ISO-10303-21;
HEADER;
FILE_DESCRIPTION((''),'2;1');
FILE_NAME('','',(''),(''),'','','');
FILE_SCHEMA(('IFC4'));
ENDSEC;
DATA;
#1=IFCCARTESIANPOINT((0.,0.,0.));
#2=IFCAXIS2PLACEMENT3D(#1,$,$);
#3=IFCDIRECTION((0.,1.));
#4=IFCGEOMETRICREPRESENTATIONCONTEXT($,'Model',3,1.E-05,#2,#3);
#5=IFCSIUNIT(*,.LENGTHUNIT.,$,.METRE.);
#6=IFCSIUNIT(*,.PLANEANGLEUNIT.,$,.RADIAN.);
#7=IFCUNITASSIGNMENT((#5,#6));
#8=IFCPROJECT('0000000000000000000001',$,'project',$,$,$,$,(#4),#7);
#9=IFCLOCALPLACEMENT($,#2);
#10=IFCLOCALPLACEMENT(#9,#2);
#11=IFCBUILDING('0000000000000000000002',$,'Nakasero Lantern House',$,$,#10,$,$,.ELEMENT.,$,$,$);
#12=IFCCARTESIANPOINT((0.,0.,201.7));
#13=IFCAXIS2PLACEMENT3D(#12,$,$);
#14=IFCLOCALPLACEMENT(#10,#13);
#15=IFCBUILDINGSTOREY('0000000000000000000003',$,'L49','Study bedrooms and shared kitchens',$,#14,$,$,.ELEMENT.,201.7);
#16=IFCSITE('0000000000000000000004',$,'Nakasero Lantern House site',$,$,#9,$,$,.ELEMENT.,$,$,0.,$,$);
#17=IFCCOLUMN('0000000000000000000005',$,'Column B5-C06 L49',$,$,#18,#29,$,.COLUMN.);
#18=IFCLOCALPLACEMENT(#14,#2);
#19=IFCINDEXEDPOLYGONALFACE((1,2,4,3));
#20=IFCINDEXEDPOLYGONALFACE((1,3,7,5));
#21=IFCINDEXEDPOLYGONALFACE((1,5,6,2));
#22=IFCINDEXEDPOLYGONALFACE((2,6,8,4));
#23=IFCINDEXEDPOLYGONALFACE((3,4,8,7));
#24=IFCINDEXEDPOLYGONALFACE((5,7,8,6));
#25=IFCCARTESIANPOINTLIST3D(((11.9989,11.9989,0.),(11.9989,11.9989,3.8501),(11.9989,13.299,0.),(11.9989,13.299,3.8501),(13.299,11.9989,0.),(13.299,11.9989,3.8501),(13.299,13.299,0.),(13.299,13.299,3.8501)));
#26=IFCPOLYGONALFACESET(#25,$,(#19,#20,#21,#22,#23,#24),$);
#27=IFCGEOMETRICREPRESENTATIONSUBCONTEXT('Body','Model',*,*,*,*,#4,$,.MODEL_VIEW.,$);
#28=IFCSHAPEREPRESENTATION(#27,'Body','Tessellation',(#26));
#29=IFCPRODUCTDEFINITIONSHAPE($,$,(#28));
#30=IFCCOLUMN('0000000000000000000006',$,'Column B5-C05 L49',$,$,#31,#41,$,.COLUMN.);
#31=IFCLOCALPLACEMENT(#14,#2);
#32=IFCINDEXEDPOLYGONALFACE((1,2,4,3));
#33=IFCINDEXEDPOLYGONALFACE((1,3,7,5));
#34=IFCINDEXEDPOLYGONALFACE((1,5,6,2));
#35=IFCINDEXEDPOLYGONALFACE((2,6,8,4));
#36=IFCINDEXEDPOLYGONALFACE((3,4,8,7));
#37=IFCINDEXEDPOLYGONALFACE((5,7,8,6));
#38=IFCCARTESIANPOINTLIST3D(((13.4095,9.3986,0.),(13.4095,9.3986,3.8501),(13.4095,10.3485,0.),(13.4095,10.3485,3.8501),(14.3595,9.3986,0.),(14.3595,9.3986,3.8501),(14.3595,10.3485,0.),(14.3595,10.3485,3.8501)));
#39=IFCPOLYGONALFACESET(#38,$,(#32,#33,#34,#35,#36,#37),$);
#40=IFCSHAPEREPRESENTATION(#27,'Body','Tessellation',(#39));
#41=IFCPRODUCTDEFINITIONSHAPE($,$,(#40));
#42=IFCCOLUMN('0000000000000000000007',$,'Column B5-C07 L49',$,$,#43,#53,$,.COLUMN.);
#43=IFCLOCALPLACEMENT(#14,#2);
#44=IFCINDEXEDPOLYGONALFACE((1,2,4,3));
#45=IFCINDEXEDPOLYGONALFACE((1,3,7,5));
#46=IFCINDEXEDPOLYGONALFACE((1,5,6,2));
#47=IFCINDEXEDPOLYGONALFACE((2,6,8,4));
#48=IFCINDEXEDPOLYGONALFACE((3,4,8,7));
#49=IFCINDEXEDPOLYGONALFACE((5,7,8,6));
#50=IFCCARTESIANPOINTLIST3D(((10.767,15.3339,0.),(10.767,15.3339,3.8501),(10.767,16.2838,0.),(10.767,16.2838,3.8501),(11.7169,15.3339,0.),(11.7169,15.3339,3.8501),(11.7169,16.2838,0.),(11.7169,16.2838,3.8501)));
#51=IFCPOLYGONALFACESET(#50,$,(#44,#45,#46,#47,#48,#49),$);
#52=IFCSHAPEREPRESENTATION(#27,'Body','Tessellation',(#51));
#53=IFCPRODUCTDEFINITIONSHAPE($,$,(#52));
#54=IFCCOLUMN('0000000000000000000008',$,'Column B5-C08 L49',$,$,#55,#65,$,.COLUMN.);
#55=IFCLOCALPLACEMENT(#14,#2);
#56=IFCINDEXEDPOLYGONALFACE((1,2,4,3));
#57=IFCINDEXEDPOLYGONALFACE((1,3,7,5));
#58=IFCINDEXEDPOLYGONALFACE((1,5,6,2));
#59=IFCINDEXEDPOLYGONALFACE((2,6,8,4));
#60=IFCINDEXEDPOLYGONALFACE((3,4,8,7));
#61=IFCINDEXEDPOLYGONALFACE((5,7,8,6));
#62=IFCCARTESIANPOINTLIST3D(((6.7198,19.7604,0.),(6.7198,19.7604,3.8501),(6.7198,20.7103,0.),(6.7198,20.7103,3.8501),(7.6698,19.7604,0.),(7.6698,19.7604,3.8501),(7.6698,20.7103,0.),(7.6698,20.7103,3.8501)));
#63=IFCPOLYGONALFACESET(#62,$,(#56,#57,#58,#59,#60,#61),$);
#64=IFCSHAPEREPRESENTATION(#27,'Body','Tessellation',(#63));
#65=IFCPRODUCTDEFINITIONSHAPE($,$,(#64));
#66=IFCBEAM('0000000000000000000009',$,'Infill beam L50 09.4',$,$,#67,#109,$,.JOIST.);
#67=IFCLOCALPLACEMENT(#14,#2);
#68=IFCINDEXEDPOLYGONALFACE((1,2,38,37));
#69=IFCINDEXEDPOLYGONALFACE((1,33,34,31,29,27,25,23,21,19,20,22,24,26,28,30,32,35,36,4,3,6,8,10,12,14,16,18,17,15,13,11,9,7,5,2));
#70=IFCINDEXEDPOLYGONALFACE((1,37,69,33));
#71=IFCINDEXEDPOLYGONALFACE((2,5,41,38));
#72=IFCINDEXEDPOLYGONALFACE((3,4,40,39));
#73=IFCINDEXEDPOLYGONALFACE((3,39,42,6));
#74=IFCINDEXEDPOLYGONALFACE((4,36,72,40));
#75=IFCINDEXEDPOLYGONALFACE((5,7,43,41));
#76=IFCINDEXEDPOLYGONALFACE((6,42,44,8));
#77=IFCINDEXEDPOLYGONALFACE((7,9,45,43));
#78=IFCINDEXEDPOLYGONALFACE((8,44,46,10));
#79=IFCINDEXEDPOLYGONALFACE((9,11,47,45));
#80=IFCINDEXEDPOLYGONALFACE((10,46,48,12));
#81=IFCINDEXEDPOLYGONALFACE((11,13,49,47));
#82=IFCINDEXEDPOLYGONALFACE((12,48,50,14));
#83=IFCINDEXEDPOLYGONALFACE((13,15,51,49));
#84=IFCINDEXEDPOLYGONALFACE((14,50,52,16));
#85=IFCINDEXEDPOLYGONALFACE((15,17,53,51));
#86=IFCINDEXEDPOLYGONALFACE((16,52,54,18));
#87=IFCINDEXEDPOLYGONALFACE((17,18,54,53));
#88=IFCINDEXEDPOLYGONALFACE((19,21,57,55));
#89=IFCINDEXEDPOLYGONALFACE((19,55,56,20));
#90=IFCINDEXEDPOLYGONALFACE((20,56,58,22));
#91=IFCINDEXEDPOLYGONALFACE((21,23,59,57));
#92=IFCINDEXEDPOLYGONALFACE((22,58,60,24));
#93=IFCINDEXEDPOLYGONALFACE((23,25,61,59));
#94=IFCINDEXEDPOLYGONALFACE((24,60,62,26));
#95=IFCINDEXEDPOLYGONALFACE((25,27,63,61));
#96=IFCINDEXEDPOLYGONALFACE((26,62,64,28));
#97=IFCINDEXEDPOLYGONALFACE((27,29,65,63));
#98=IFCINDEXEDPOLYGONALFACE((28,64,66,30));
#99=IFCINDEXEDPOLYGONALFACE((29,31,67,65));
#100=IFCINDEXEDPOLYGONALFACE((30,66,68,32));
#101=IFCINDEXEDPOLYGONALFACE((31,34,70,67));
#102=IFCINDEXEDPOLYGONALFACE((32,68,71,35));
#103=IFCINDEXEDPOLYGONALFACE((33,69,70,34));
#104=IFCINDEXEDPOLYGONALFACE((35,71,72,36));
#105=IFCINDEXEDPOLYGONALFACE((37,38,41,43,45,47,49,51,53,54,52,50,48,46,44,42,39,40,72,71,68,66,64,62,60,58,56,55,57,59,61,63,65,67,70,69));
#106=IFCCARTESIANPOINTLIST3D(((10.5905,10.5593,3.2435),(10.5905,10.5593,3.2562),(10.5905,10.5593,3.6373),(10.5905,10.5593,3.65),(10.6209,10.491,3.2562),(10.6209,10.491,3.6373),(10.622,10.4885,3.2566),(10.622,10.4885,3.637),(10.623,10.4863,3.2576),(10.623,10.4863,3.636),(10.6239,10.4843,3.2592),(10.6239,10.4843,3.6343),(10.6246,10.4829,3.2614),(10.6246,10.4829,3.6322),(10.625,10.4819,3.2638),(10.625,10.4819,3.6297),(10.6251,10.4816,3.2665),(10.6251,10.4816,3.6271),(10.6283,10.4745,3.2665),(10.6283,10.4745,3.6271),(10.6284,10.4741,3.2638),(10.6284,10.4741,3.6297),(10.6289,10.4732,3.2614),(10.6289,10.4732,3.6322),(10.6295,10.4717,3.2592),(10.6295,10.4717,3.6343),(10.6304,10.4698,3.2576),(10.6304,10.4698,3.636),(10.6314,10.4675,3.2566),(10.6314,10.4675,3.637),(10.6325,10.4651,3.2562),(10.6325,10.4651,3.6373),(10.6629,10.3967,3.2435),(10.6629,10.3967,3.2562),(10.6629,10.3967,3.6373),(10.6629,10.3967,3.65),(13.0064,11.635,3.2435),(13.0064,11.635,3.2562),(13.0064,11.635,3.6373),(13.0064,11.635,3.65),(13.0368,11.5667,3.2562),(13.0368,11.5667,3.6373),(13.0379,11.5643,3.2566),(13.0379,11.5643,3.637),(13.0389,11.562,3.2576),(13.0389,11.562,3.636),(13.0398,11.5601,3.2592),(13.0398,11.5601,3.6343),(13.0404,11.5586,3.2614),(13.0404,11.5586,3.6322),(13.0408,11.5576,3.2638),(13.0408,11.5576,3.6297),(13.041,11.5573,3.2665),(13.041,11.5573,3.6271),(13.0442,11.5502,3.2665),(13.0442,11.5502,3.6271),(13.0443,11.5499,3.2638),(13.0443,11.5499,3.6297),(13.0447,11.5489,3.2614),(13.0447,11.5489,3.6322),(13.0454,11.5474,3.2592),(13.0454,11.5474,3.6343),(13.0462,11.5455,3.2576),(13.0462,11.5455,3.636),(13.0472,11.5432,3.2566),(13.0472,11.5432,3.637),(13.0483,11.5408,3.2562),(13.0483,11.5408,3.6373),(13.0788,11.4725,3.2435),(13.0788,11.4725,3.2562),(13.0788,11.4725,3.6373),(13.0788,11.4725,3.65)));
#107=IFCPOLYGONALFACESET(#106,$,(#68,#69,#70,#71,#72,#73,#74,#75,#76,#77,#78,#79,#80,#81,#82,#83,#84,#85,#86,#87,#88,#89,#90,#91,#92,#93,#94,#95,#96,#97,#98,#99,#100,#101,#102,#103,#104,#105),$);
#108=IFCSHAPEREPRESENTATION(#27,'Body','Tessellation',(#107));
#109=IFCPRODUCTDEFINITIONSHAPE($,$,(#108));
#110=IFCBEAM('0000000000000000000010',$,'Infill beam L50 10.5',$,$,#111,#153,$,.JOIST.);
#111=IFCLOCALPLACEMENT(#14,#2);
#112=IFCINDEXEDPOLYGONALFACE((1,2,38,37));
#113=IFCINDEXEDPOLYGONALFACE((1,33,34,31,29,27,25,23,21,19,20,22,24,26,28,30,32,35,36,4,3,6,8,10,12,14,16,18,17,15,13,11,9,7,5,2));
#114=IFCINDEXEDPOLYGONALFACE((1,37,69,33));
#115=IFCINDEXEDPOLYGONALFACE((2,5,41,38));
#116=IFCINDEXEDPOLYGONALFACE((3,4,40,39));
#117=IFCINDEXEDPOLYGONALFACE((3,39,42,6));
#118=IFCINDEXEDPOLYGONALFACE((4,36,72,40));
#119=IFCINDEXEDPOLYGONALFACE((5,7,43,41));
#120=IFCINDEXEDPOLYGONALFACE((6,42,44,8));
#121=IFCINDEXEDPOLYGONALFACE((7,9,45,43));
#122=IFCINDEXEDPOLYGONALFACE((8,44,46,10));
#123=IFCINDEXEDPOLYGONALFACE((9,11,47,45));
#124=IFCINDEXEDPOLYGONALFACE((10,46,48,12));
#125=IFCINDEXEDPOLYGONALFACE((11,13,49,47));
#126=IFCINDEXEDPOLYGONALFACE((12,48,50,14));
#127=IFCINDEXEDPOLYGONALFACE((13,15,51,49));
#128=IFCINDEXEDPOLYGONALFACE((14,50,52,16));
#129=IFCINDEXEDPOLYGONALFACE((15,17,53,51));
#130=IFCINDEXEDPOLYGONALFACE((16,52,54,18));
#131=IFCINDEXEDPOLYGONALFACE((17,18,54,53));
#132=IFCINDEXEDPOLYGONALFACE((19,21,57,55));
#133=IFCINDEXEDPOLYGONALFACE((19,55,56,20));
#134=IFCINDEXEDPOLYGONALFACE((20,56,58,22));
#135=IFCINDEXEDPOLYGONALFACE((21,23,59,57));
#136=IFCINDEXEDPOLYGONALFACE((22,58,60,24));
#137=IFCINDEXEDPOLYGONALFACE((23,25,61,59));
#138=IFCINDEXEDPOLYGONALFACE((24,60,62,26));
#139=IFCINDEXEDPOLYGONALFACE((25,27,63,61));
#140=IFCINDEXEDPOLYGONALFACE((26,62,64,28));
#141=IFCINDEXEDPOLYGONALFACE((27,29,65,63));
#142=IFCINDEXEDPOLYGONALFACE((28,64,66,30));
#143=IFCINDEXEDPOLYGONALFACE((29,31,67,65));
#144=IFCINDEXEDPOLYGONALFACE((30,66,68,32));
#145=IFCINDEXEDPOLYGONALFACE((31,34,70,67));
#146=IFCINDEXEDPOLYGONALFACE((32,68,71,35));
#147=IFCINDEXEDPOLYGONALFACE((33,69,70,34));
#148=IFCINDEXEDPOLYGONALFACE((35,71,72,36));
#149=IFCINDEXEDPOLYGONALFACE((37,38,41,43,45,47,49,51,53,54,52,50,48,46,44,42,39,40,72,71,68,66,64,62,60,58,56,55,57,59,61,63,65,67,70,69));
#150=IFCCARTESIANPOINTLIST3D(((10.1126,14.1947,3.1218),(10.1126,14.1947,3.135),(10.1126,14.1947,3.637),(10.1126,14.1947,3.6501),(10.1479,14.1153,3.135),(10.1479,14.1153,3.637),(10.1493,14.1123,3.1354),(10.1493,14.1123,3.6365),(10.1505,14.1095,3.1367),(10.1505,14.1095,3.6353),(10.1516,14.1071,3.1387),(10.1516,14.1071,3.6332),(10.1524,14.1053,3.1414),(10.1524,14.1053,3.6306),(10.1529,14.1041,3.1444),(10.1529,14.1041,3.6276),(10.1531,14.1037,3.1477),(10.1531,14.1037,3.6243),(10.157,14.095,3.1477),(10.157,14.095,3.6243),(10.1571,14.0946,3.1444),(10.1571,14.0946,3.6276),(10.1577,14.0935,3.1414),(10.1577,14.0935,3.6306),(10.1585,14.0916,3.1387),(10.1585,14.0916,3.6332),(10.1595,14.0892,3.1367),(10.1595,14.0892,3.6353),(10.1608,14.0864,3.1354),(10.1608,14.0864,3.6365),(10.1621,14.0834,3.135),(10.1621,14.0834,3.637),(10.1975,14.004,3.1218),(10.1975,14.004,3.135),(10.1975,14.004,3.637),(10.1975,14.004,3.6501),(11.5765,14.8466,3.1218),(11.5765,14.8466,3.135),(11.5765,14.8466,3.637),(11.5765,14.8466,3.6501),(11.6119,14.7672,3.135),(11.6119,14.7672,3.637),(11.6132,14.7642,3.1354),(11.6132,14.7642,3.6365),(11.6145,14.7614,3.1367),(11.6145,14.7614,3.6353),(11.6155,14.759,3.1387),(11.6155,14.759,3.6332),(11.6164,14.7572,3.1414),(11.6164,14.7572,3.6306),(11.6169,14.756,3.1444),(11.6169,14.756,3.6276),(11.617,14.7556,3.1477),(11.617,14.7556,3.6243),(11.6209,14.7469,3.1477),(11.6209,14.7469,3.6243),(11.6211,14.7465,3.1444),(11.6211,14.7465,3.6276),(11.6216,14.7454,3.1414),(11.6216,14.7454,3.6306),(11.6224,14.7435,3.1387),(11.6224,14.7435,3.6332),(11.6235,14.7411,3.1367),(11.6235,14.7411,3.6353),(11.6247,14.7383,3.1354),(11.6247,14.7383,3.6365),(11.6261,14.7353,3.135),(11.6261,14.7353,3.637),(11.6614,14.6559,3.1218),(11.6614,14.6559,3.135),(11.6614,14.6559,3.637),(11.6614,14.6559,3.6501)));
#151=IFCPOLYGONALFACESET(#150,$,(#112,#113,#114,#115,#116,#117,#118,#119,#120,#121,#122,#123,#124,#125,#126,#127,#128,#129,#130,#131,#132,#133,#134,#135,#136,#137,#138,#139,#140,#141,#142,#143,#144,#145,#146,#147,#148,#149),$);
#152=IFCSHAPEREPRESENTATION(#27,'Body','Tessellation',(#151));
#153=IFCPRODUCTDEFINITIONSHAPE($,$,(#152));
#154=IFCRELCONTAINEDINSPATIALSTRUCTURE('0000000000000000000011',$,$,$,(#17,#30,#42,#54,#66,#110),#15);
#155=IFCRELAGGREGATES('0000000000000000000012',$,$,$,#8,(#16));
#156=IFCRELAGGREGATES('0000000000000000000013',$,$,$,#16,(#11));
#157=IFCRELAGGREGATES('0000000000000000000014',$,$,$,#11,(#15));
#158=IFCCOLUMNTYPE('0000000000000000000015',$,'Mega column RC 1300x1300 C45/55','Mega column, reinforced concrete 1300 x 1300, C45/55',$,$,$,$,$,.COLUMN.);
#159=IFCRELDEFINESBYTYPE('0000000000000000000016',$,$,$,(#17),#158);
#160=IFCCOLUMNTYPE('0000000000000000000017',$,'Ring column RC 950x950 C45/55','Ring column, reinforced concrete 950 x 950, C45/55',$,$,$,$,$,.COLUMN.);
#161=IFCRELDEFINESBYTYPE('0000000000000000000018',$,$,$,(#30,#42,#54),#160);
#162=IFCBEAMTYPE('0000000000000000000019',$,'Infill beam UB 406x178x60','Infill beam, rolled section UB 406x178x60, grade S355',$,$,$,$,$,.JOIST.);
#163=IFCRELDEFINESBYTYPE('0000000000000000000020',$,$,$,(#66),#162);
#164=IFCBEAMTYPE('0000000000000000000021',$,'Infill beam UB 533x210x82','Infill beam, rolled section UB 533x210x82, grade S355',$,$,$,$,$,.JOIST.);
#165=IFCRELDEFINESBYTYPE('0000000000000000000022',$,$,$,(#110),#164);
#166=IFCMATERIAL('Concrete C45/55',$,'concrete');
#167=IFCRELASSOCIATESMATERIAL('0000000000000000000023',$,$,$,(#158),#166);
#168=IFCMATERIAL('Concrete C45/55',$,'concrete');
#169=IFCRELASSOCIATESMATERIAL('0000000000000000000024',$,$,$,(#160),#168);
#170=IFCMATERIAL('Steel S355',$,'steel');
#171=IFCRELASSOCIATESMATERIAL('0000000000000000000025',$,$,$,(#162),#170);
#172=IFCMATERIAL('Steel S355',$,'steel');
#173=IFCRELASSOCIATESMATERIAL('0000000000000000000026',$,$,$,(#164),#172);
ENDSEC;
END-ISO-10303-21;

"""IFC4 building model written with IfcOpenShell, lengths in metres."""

from ifc_helpers import new_model, si_unit, direction, frame, origin, origin_2d, place, context, subcontext, project, spatial, rectangle, i_section, extrude, material, material_profile, profile_set, type_object, element, save


model = new_model("IFC4")

# Units and contexts
model_context = context("Model", 3, precision=1e-05, world=origin(), true_north=direction((0.0, 1.0)))
body_context = subcontext(model_context, "Body", "Model", "MODEL_VIEW")
ifc_project = project(units=[si_unit("LENGTHUNIT", "METRE"), si_unit("PLANEANGLEUNIT", "RADIAN")], contexts=[model_context])

# Site, building, storey
site_placement = place(None, origin())
site = spatial("IfcSite", under=ifc_project, at=site_placement, Name="Nakasero Lantern House site", CompositionType="ELEMENT", RefElevation=0.0)
building_placement = place(site_placement, origin())
building = spatial("IfcBuilding", under=site, at=building_placement, Name="Nakasero Lantern House", CompositionType="ELEMENT")
storey_placement = place(building_placement, frame((0.0, 0.0, 201.7)))
storey = spatial("IfcBuildingStorey", under=building, at=storey_placement, Name="L49", Description="Study bedrooms and shared kitchens", CompositionType="ELEMENT", Elevation=201.7)

# Columns
ifc_material_1 = material(Name="Concrete C45/55", Category="concrete")
ifc_material_profile_1 = material_profile(ifc_material_1, rectangle(XDim=1.3, YDim=1.3, at=origin_2d()), Name="RC 1300x1300")
ifc_profile_set_1 = profile_set([ifc_material_profile_1], Name="Concrete C45/55")
column_type_1 = type_object("IfcColumnType", Name="Mega column RC 1300x1300 C45/55", Description="Mega column, reinforced concrete 1300 x 1300, C45/55", PredefinedType="COLUMN", material=ifc_profile_set_1)
column_placement = place(storey_placement, frame((12.6489, 12.6489, 0.0), z_axis=(0.0, 0.0, 1.0), x_axis=(1.0, 0.0, 0.0)))
element("IfcColumn", 1, at=column_placement, inside=storey, type_object=column_type_1, Name="Column B5-C06 L49", PredefinedType="COLUMN", context=body_context, shape_type="SweptSolid", body=[
    extrude(rectangle(XDim=1.3, YDim=1.3, at=origin_2d()), origin(), (0.0, 0.0, 1.0), 3.8501),
])
ifc_material_2 = material(Name="Concrete C45/55", Category="concrete")
ifc_material_profile_2 = material_profile(ifc_material_2, rectangle(XDim=0.95, YDim=0.95, at=origin_2d()), Name="RC 950x950")
ifc_profile_set_2 = profile_set([ifc_material_profile_2], Name="Concrete C45/55")
column_type_2 = type_object("IfcColumnType", Name="Ring column RC 950x950 C45/55", Description="Ring column, reinforced concrete 950 x 950, C45/55", PredefinedType="COLUMN", material=ifc_profile_set_2)
for number, where, z_axis, x_axis, name in (
    (2, (13.8845, 9.8735, 0.0), (0.0, 0.0, 1.0), (1.0, 0.0, 0.0), "Column B5-C05 L49"),
    (3, (11.2419, 15.8088, 0.0), (0.0, 0.0, 1.0), (1.0, 0.0, 0.0), "Column B5-C07 L49"),
    (4, (7.1948, 20.2354, 0.0), (0.0, 0.0, 1.0), (1.0, 0.0, 0.0), "Column B5-C08 L49"),
):
    element("IfcColumn", number, at=place(storey_placement, frame(where, z_axis=z_axis, x_axis=x_axis)), inside=storey, type_object=column_type_2, Name=name, PredefinedType="COLUMN", context=body_context, shape_type="SweptSolid", body=[
        extrude(rectangle(XDim=0.95, YDim=0.95, at=origin_2d()), origin(), (0.0, 0.0, 1.0), 3.8501),
    ])

# Beams
ifc_material_3 = material(Name="Steel S355", Category="steel")
ifc_material_profile_3 = material_profile(ifc_material_3, i_section(OverallWidth=0.178, OverallDepth=0.4065, WebThickness=0.0078, FlangeThickness=0.0127, FilletRadius=0.0103, at=origin_2d()), Name="UB 406x178x60")
ifc_profile_set_3 = profile_set([ifc_material_profile_3], Name="Steel S355")
beam_type_1 = type_object("IfcBeamType", Name="Infill beam UB 406x178x60", Description="Infill beam, rolled section UB 406x178x60, grade S355", PredefinedType="JOIST", material=ifc_profile_set_3)
beam_1_placement = place(storey_placement, frame((10.6267, 10.478, 3.4468), z_axis=(0.91353, 0.406772, 0.0), x_axis=(-0.406772, 0.91353, 0.0)))
element("IfcBeam", 5, at=beam_1_placement, inside=storey, type_object=beam_type_1, Name="Infill beam L50 09.4", PredefinedType="JOIST", context=body_context, shape_type="SweptSolid", body=[
    extrude(i_section(OverallWidth=0.178, OverallDepth=0.4065, WebThickness=0.0078, FlangeThickness=0.0127, FilletRadius=0.0103, at=origin_2d()), origin(), (0.0, 0.0, 1.0), 2.6445),
])
ifc_material_4 = material(Name="Steel S355", Category="steel")
ifc_material_profile_4 = material_profile(ifc_material_4, i_section(OverallWidth=0.2087, OverallDepth=0.5283, WebThickness=0.0095, FlangeThickness=0.0132, FilletRadius=0.0127, at=origin_2d()), Name="UB 533x210x82")
ifc_profile_set_4 = profile_set([ifc_material_profile_4], Name="Steel S355")
beam_type_2 = type_object("IfcBeamType", Name="Infill beam UB 533x210x82", Description="Infill beam, rolled section UB 533x210x82, grade S355", PredefinedType="JOIST", material=ifc_profile_set_4)
beam_2_placement = place(storey_placement, frame((10.155, 14.0994, 3.386), z_axis=(0.913522, 0.406789, 0.0), x_axis=(-0.406789, 0.913522, 0.0)))
element("IfcBeam", 6, at=beam_2_placement, inside=storey, type_object=beam_type_2, Name="Infill beam L50 10.5", PredefinedType="JOIST", context=body_context, shape_type="SweptSolid", body=[
    extrude(i_section(OverallWidth=0.2087, OverallDepth=0.5283, WebThickness=0.0095, FlangeThickness=0.0132, FilletRadius=0.0127, at=origin_2d()), origin(), (0.0, 0.0, 1.0), 1.6025),
])

save(model, "model.ifc")
